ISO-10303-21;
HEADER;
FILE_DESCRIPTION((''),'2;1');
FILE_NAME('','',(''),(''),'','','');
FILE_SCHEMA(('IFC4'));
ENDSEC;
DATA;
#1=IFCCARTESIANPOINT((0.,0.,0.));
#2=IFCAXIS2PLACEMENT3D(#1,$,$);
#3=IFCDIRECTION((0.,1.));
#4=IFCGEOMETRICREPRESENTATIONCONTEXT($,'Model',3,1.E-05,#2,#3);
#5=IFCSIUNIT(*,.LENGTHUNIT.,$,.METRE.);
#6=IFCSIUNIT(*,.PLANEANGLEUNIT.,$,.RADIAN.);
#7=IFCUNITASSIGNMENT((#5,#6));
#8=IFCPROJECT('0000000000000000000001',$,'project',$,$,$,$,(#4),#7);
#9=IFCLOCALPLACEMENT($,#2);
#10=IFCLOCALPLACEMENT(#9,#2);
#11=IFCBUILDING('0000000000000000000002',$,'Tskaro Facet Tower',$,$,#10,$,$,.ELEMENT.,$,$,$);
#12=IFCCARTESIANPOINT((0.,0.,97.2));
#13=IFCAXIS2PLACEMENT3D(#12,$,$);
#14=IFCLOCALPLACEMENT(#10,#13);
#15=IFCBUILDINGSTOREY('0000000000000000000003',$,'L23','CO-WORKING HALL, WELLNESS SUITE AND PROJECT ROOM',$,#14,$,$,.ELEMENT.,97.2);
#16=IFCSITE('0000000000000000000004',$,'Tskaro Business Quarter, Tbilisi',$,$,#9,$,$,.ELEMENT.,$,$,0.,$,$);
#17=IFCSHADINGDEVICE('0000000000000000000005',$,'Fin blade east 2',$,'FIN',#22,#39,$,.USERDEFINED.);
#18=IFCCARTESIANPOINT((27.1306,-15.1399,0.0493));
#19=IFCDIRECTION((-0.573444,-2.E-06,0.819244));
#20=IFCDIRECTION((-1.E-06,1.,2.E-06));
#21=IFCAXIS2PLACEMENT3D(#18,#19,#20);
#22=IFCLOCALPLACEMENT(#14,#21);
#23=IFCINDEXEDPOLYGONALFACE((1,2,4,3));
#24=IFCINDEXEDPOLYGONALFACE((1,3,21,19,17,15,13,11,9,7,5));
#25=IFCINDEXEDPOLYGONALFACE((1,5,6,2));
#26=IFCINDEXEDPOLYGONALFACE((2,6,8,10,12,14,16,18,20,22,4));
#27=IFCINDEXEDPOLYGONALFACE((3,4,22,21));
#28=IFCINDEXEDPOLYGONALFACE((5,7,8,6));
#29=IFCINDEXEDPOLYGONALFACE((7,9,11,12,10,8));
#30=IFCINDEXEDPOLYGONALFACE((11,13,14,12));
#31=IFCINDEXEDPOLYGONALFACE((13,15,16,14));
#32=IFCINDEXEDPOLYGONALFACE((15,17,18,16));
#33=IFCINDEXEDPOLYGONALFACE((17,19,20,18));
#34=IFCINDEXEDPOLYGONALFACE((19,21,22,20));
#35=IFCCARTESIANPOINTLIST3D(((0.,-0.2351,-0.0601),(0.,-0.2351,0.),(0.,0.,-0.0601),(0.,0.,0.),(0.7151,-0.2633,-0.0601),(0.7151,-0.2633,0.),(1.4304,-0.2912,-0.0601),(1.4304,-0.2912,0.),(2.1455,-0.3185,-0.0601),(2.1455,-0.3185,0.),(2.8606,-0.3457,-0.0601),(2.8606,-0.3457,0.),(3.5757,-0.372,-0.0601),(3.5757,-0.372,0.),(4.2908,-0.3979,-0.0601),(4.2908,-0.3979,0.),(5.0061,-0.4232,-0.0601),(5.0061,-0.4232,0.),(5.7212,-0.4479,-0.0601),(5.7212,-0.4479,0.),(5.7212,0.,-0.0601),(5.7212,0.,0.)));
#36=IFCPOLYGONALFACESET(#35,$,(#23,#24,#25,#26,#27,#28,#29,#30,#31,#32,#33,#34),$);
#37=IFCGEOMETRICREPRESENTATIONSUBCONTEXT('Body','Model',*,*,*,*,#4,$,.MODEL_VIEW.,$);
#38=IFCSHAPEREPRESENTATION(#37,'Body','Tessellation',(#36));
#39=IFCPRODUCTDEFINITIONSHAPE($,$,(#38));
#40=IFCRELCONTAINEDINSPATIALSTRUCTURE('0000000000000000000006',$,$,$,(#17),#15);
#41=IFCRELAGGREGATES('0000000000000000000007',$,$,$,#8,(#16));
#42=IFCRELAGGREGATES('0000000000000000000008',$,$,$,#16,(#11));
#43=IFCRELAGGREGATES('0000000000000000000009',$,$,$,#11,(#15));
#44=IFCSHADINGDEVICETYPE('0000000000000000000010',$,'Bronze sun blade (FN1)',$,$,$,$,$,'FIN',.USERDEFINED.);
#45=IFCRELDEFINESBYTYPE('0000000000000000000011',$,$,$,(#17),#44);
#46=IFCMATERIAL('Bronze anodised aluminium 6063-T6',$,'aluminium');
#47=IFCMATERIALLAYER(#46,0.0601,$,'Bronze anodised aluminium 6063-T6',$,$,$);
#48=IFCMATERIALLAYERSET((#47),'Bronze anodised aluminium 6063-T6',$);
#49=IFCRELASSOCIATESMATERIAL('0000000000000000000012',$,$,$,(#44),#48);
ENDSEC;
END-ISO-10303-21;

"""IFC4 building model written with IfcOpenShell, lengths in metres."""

from ifc_helpers import new_model, si_unit, direction, frame, origin, place, context, subcontext, project, spatial, polyline, outline, extrude, material, layer, layer_set, type_object, element, save


model = new_model("IFC4")

# Units and contexts
model_context = context("Model", 3, precision=1e-05, world=origin(), true_north=direction((0.0, 1.0)))
body_context = subcontext(model_context, "Body", "Model", "MODEL_VIEW")
ifc_project = project(units=[si_unit("LENGTHUNIT", "METRE"), si_unit("PLANEANGLEUNIT", "RADIAN")], contexts=[model_context])

# Site, building, storey
site_placement = place(None, origin())
site = spatial("IfcSite", under=ifc_project, at=site_placement, Name="Tskaro Business Quarter, Tbilisi", CompositionType="ELEMENT", RefElevation=0.0)
building_placement = place(site_placement, origin())
building = spatial("IfcBuilding", under=site, at=building_placement, Name="Tskaro Facet Tower", CompositionType="ELEMENT")
storey_placement = place(building_placement, frame((0.0, 0.0, 97.2)))
storey = spatial("IfcBuildingStorey", under=building, at=storey_placement, Name="L23", Description="CO-WORKING HALL, WELLNESS SUITE AND PROJECT ROOM", CompositionType="ELEMENT", Elevation=97.2)

# Shared definitions
ifc_material_1 = material(Name="Bronze anodised aluminium 6063-T6", Category="aluminium")

# Shading device
ifc_layer_1 = layer(ifc_material_1, 0.0601, Name="Bronze anodised aluminium 6063-T6")
ifc_layer_set_1 = layer_set([ifc_layer_1], Name="Bronze anodised aluminium 6063-T6")
shading_device_type = type_object("IfcShadingDeviceType", Name="Bronze sun blade (FN1)", ElementType="FIN", PredefinedType="USERDEFINED", material=ifc_layer_set_1)
shading_device_1_placement = place(storey_placement, frame((27.1306, -15.1399, 0.0493), z_axis=(-0.573444, -0.000002, 0.819244), x_axis=(-0.000001, 1.0, 0.000002)))
element("IfcShadingDevice", 1, at=shading_device_1_placement, inside=storey, type_object=shading_device_type, Name="Fin blade east 2", ObjectType="FIN", PredefinedType="USERDEFINED", context=body_context, shape_type="SweptSolid", body=[
    extrude(outline(polyline([(0.0, 0.0), (5.7212, 0.0), (5.7212, -0.4479), (5.0061, -0.4232), (4.2908, -0.3979), (3.5757, -0.372), (2.8606, -0.3457), (2.1455, -0.3185), (1.4304, -0.2912), (0.7151, -0.2633), (0.0, -0.2351), (0.0, 0.0)])), origin(), (0.0, 0.0, -1.0), 0.0601),
])

save(model, "model.ifc")
